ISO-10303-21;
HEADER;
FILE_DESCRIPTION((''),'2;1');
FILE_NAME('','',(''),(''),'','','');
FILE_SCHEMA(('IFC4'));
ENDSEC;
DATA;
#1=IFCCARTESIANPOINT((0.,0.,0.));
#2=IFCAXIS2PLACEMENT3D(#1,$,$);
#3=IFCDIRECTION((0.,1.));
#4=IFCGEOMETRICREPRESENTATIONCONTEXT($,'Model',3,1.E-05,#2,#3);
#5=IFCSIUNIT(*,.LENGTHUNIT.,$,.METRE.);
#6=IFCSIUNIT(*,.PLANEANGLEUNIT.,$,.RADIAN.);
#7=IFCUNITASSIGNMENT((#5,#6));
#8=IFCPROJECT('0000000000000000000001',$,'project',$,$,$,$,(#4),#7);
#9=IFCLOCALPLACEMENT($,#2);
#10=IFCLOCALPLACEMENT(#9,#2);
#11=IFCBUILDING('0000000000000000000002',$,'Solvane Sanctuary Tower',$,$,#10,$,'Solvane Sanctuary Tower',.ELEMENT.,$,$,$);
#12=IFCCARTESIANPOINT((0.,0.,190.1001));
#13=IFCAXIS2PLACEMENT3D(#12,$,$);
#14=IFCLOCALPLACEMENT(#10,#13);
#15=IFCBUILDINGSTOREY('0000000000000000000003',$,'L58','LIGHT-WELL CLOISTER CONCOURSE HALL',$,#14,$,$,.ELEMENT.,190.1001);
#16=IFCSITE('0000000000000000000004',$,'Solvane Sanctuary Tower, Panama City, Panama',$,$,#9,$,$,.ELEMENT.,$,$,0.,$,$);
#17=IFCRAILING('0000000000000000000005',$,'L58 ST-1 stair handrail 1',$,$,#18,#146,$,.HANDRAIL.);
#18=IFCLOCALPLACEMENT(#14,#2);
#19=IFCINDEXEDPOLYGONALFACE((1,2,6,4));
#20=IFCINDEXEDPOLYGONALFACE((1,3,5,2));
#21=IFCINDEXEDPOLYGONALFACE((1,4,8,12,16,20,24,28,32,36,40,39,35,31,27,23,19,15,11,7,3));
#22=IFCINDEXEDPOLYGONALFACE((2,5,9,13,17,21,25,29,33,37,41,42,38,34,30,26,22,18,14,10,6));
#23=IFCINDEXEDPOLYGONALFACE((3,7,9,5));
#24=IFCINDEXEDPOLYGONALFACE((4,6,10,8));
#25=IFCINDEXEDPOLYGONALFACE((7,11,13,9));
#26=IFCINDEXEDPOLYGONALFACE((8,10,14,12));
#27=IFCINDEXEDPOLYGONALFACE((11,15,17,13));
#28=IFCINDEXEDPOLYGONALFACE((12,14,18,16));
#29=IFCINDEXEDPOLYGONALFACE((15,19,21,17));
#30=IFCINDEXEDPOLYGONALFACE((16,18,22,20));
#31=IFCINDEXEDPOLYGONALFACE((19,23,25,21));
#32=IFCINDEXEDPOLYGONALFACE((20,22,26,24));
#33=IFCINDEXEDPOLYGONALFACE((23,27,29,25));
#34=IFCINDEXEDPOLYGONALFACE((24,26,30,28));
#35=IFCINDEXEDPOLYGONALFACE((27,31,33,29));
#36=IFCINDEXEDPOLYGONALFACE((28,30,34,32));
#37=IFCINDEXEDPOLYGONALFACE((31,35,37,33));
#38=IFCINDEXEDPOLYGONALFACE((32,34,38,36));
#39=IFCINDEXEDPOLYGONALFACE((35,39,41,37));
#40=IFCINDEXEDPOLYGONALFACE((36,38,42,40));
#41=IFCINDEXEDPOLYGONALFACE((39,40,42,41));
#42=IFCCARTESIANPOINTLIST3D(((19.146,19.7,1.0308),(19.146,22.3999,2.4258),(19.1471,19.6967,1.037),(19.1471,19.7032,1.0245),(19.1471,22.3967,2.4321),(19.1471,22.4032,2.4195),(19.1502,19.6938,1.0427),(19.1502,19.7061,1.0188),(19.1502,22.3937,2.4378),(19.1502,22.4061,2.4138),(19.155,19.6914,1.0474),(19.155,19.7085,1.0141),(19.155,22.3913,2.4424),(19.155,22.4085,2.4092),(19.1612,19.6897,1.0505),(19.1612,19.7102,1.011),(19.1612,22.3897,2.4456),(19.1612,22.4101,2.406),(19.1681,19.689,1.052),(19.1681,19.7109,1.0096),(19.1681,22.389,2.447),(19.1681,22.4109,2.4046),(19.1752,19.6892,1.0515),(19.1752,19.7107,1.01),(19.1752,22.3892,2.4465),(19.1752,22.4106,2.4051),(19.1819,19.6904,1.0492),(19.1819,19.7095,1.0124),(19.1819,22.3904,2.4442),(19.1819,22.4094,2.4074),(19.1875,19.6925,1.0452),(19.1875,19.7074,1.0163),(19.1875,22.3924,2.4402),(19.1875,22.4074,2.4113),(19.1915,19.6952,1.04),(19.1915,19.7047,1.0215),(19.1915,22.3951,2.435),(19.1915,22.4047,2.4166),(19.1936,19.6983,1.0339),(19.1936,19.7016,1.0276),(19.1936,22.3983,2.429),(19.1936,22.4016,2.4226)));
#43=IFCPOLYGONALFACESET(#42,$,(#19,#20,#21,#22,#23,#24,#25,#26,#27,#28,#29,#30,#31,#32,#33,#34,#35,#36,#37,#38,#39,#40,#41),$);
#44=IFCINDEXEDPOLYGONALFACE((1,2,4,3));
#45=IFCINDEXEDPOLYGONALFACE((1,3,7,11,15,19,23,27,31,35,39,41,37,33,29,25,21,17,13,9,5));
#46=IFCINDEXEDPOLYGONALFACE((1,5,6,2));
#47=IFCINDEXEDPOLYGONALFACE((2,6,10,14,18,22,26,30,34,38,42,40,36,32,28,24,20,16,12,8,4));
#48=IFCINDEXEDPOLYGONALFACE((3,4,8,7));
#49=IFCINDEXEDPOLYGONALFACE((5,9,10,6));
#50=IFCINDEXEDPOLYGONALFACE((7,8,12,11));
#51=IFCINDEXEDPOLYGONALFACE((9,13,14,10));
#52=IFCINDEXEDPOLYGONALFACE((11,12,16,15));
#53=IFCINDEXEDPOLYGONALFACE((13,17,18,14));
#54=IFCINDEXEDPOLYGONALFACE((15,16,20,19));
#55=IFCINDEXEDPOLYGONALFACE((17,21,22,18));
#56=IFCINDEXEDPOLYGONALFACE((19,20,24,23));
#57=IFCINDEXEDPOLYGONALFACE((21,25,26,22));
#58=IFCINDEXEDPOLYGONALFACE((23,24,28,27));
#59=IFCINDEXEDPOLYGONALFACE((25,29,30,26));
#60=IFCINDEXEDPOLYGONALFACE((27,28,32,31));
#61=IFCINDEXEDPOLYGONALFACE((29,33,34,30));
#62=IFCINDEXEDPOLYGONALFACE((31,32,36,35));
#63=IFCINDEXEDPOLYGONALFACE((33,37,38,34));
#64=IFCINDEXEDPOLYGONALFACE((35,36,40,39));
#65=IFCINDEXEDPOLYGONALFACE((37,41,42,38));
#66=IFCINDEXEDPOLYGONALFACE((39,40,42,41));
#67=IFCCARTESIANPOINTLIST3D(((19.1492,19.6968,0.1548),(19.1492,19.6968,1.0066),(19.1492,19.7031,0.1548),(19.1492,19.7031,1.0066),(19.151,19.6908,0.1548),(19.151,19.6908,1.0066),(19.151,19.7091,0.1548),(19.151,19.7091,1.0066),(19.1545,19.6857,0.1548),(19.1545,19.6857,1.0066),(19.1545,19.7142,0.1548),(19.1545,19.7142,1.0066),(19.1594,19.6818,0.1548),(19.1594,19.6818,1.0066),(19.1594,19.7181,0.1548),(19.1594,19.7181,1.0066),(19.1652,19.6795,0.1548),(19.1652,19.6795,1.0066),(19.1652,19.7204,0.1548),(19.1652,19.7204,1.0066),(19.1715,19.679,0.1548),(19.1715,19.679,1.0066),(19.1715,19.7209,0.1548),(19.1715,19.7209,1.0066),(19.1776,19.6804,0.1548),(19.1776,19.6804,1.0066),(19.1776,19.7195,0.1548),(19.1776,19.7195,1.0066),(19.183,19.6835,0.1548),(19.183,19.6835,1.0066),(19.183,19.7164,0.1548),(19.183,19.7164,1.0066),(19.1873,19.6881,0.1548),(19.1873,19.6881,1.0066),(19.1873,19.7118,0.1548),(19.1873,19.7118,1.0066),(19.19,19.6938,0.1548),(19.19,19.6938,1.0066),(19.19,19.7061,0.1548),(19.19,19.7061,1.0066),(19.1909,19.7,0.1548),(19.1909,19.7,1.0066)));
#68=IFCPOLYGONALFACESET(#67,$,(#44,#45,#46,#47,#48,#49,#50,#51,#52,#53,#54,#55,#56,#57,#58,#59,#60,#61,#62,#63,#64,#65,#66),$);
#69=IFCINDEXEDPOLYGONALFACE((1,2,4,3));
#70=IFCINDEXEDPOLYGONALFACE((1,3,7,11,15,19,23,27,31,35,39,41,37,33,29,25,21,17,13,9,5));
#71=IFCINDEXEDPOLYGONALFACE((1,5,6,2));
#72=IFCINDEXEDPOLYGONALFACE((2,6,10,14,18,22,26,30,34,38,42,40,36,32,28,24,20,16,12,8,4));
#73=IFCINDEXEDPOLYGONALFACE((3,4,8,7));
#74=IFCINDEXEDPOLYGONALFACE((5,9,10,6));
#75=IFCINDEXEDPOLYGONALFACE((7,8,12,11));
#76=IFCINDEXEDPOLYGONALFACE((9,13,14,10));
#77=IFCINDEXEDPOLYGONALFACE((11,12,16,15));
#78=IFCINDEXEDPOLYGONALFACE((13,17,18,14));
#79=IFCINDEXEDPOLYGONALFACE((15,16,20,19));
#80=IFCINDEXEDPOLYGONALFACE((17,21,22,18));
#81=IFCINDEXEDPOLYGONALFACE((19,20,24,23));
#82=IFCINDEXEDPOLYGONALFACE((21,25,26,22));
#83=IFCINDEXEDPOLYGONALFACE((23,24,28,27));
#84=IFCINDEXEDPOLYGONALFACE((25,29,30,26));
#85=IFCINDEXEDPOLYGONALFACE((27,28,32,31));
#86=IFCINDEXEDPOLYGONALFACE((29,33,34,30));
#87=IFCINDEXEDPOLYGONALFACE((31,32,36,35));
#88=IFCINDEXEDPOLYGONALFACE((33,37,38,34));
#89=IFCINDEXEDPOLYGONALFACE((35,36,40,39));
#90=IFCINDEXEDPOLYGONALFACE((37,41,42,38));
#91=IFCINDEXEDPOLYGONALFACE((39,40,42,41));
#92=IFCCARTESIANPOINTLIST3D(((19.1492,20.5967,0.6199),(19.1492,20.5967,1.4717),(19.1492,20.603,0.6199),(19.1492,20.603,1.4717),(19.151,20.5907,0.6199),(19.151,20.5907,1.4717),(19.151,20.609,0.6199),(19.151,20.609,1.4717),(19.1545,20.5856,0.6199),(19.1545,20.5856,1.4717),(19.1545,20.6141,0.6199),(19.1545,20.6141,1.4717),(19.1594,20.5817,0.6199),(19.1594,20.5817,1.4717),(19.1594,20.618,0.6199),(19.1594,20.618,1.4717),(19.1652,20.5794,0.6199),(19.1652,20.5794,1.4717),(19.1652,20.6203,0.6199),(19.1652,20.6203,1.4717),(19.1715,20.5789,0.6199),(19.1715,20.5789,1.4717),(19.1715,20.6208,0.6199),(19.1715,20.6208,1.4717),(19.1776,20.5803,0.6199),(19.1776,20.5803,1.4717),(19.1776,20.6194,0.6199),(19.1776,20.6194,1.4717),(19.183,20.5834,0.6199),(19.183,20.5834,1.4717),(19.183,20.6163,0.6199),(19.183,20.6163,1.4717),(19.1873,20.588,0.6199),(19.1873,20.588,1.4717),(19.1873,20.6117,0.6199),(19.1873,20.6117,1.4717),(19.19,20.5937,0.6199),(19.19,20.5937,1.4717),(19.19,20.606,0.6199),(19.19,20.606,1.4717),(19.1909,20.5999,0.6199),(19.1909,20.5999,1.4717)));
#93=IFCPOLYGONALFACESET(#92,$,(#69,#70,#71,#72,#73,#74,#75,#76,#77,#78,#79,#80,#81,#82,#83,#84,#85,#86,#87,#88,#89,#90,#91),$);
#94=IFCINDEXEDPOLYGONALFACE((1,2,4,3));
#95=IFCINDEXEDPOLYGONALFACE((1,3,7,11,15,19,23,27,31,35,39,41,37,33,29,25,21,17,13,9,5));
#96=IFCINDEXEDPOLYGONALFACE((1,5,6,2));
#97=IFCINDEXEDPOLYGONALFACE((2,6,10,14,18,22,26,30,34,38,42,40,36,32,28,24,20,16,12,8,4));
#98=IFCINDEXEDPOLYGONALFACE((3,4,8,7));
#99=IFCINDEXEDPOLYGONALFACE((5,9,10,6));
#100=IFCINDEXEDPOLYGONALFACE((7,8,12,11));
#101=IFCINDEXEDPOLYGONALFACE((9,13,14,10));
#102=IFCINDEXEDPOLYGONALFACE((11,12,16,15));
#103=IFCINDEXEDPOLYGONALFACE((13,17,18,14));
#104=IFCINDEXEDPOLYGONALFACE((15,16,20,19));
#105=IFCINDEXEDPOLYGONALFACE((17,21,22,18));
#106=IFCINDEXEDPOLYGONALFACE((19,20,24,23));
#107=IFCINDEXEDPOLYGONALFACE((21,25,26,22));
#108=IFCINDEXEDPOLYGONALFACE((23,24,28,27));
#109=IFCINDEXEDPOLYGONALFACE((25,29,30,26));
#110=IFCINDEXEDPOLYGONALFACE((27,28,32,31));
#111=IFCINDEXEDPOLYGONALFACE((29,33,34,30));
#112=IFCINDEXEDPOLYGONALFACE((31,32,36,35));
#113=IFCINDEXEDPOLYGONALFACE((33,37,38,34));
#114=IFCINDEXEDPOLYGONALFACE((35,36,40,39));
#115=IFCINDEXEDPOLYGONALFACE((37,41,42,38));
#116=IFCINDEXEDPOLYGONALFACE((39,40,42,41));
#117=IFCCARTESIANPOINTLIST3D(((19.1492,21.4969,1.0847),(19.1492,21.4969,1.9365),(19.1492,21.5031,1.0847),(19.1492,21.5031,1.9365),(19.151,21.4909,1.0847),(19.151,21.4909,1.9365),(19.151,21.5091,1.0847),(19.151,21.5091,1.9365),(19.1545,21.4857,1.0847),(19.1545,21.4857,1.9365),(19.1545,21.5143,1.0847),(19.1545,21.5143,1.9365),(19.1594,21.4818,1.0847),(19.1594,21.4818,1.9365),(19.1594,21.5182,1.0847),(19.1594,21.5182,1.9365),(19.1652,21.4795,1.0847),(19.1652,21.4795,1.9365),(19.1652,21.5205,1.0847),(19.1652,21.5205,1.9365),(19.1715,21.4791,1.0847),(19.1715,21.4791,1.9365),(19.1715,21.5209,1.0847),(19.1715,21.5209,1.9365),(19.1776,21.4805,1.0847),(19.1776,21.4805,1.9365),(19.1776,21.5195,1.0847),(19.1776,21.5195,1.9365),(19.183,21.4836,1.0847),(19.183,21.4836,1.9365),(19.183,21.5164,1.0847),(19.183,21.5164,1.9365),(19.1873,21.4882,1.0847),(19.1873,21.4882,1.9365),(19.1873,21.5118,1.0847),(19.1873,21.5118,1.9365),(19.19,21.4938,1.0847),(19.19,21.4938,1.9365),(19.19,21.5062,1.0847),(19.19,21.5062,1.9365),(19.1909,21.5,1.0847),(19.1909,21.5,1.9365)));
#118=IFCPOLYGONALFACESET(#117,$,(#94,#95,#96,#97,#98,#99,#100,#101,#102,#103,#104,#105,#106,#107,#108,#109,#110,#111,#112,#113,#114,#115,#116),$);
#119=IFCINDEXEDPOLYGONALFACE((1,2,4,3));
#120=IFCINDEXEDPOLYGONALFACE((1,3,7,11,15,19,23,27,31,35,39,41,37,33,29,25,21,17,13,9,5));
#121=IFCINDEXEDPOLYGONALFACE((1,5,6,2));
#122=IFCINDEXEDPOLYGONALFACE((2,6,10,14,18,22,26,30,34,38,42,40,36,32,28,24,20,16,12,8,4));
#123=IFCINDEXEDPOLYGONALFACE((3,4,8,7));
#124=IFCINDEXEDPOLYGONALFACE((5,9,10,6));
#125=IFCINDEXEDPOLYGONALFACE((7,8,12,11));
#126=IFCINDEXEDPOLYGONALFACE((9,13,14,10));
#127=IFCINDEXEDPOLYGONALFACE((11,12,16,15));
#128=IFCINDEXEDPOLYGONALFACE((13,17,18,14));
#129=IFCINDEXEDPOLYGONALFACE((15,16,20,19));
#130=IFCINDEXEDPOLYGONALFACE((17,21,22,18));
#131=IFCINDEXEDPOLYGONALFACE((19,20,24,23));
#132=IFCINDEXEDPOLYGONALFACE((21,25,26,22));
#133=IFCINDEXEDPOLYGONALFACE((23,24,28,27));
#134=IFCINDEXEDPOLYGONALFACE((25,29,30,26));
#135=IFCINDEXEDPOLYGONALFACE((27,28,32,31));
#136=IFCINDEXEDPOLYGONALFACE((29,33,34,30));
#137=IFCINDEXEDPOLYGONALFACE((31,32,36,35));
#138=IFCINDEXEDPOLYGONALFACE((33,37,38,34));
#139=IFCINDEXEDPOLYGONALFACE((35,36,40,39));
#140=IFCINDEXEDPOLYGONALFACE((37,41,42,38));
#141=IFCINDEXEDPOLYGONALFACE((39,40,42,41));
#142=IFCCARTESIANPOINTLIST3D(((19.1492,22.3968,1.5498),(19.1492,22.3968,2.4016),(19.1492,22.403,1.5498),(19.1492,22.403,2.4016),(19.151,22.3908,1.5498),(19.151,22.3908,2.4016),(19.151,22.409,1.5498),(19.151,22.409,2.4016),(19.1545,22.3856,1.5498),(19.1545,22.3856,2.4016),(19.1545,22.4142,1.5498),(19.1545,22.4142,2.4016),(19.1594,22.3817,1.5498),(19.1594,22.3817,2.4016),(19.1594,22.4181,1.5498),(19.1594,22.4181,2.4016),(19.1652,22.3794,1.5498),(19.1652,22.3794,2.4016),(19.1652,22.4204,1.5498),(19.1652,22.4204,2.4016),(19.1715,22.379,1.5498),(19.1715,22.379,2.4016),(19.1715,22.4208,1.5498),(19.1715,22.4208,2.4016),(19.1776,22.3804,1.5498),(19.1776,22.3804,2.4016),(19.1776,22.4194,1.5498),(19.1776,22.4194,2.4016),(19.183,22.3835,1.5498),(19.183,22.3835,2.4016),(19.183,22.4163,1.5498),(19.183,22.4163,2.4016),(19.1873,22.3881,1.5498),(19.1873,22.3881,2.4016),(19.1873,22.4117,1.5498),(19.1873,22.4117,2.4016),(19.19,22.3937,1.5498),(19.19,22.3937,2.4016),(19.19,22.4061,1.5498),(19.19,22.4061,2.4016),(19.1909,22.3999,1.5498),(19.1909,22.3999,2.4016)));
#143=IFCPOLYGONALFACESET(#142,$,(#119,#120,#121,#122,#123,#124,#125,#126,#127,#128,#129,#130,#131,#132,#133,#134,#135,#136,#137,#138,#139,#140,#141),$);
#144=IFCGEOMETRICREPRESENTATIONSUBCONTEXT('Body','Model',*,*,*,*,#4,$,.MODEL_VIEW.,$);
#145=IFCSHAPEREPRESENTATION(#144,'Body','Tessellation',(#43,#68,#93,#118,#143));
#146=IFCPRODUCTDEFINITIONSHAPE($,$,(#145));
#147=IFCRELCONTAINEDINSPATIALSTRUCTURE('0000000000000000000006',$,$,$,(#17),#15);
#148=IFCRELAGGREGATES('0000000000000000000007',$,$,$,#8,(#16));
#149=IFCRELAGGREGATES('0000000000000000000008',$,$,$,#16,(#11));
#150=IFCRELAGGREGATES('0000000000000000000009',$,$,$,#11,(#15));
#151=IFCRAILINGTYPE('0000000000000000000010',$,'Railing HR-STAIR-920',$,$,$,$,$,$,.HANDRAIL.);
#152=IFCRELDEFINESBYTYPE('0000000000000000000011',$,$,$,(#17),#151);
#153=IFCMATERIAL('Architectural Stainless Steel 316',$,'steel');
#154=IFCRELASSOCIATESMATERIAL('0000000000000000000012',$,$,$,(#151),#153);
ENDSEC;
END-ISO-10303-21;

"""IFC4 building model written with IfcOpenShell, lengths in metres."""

from ifc_helpers import new_model, si_unit, direction, frame, origin, origin_2d, place, context, subcontext, project, spatial, circle, extrude, material, type_object, element, save


model = new_model("IFC4")

# Units and contexts
model_context = context("Model", 3, precision=1e-05, world=origin(), true_north=direction((0.0, 1.0)))
body_context = subcontext(model_context, "Body", "Model", "MODEL_VIEW")
ifc_project = project(units=[si_unit("LENGTHUNIT", "METRE"), si_unit("PLANEANGLEUNIT", "RADIAN")], contexts=[model_context])

# Site, building, storey
site_placement = place(None, origin())
site = spatial("IfcSite", under=ifc_project, at=site_placement, Name="Solvane Sanctuary Tower, Panama City, Panama", CompositionType="ELEMENT", RefElevation=0.0)
building_placement = place(site_placement, origin())
building = spatial("IfcBuilding", under=site, at=building_placement, Name="Solvane Sanctuary Tower", LongName="Solvane Sanctuary Tower", CompositionType="ELEMENT")
storey_placement = place(building_placement, frame((0.0, 0.0, 190.1001)))
storey = spatial("IfcBuildingStorey", under=building, at=storey_placement, Name="L58", Description="LIGHT-WELL CLOISTER CONCOURSE HALL", CompositionType="ELEMENT", Elevation=190.1001)

# Shared definitions
ifc_material_1 = material(Name="Architectural Stainless Steel 316", Category="steel")

# Railing
railing_type = type_object("IfcRailingType", Name="Railing HR-STAIR-920", PredefinedType="HANDRAIL", material=ifc_material_1)
railing_placement = place(storey_placement, frame((19.1699, 19.7, 0.1548)))
element("IfcRailing", 1, at=railing_placement, inside=storey, type_object=railing_type, Name="L58 ST-1 stair handrail 1", PredefinedType="HANDRAIL", context=body_context, shape_type="SweptSolid", body=[
    extrude(circle(Radius=0.0239, at=origin_2d()), frame((0.0, 0.0, 0.876), z_axis=(0.0, 0.88842, 0.459032), x_axis=(-1.0, 0.0, 0.0)), (0.0, 0.0, 1.0), 3.0391),
    extrude(circle(Radius=0.021, at=origin_2d()), origin(), (0.0, 0.0, 1.0), 0.8518),
    extrude(circle(Radius=0.021, at=origin_2d()), frame((0.0, 0.8999, 0.4651)), (0.0, 0.0, 1.0), 0.8518),
    extrude(circle(Radius=0.021, at=origin_2d()), frame((0.0, 1.8, 0.9299)), (0.0, 0.0, 1.0), 0.8518),
    extrude(circle(Radius=0.021, at=origin_2d()), frame((0.0, 2.7, 1.395)), (0.0, 0.0, 1.0), 0.8518),
])

save(model, "model.ifc")
